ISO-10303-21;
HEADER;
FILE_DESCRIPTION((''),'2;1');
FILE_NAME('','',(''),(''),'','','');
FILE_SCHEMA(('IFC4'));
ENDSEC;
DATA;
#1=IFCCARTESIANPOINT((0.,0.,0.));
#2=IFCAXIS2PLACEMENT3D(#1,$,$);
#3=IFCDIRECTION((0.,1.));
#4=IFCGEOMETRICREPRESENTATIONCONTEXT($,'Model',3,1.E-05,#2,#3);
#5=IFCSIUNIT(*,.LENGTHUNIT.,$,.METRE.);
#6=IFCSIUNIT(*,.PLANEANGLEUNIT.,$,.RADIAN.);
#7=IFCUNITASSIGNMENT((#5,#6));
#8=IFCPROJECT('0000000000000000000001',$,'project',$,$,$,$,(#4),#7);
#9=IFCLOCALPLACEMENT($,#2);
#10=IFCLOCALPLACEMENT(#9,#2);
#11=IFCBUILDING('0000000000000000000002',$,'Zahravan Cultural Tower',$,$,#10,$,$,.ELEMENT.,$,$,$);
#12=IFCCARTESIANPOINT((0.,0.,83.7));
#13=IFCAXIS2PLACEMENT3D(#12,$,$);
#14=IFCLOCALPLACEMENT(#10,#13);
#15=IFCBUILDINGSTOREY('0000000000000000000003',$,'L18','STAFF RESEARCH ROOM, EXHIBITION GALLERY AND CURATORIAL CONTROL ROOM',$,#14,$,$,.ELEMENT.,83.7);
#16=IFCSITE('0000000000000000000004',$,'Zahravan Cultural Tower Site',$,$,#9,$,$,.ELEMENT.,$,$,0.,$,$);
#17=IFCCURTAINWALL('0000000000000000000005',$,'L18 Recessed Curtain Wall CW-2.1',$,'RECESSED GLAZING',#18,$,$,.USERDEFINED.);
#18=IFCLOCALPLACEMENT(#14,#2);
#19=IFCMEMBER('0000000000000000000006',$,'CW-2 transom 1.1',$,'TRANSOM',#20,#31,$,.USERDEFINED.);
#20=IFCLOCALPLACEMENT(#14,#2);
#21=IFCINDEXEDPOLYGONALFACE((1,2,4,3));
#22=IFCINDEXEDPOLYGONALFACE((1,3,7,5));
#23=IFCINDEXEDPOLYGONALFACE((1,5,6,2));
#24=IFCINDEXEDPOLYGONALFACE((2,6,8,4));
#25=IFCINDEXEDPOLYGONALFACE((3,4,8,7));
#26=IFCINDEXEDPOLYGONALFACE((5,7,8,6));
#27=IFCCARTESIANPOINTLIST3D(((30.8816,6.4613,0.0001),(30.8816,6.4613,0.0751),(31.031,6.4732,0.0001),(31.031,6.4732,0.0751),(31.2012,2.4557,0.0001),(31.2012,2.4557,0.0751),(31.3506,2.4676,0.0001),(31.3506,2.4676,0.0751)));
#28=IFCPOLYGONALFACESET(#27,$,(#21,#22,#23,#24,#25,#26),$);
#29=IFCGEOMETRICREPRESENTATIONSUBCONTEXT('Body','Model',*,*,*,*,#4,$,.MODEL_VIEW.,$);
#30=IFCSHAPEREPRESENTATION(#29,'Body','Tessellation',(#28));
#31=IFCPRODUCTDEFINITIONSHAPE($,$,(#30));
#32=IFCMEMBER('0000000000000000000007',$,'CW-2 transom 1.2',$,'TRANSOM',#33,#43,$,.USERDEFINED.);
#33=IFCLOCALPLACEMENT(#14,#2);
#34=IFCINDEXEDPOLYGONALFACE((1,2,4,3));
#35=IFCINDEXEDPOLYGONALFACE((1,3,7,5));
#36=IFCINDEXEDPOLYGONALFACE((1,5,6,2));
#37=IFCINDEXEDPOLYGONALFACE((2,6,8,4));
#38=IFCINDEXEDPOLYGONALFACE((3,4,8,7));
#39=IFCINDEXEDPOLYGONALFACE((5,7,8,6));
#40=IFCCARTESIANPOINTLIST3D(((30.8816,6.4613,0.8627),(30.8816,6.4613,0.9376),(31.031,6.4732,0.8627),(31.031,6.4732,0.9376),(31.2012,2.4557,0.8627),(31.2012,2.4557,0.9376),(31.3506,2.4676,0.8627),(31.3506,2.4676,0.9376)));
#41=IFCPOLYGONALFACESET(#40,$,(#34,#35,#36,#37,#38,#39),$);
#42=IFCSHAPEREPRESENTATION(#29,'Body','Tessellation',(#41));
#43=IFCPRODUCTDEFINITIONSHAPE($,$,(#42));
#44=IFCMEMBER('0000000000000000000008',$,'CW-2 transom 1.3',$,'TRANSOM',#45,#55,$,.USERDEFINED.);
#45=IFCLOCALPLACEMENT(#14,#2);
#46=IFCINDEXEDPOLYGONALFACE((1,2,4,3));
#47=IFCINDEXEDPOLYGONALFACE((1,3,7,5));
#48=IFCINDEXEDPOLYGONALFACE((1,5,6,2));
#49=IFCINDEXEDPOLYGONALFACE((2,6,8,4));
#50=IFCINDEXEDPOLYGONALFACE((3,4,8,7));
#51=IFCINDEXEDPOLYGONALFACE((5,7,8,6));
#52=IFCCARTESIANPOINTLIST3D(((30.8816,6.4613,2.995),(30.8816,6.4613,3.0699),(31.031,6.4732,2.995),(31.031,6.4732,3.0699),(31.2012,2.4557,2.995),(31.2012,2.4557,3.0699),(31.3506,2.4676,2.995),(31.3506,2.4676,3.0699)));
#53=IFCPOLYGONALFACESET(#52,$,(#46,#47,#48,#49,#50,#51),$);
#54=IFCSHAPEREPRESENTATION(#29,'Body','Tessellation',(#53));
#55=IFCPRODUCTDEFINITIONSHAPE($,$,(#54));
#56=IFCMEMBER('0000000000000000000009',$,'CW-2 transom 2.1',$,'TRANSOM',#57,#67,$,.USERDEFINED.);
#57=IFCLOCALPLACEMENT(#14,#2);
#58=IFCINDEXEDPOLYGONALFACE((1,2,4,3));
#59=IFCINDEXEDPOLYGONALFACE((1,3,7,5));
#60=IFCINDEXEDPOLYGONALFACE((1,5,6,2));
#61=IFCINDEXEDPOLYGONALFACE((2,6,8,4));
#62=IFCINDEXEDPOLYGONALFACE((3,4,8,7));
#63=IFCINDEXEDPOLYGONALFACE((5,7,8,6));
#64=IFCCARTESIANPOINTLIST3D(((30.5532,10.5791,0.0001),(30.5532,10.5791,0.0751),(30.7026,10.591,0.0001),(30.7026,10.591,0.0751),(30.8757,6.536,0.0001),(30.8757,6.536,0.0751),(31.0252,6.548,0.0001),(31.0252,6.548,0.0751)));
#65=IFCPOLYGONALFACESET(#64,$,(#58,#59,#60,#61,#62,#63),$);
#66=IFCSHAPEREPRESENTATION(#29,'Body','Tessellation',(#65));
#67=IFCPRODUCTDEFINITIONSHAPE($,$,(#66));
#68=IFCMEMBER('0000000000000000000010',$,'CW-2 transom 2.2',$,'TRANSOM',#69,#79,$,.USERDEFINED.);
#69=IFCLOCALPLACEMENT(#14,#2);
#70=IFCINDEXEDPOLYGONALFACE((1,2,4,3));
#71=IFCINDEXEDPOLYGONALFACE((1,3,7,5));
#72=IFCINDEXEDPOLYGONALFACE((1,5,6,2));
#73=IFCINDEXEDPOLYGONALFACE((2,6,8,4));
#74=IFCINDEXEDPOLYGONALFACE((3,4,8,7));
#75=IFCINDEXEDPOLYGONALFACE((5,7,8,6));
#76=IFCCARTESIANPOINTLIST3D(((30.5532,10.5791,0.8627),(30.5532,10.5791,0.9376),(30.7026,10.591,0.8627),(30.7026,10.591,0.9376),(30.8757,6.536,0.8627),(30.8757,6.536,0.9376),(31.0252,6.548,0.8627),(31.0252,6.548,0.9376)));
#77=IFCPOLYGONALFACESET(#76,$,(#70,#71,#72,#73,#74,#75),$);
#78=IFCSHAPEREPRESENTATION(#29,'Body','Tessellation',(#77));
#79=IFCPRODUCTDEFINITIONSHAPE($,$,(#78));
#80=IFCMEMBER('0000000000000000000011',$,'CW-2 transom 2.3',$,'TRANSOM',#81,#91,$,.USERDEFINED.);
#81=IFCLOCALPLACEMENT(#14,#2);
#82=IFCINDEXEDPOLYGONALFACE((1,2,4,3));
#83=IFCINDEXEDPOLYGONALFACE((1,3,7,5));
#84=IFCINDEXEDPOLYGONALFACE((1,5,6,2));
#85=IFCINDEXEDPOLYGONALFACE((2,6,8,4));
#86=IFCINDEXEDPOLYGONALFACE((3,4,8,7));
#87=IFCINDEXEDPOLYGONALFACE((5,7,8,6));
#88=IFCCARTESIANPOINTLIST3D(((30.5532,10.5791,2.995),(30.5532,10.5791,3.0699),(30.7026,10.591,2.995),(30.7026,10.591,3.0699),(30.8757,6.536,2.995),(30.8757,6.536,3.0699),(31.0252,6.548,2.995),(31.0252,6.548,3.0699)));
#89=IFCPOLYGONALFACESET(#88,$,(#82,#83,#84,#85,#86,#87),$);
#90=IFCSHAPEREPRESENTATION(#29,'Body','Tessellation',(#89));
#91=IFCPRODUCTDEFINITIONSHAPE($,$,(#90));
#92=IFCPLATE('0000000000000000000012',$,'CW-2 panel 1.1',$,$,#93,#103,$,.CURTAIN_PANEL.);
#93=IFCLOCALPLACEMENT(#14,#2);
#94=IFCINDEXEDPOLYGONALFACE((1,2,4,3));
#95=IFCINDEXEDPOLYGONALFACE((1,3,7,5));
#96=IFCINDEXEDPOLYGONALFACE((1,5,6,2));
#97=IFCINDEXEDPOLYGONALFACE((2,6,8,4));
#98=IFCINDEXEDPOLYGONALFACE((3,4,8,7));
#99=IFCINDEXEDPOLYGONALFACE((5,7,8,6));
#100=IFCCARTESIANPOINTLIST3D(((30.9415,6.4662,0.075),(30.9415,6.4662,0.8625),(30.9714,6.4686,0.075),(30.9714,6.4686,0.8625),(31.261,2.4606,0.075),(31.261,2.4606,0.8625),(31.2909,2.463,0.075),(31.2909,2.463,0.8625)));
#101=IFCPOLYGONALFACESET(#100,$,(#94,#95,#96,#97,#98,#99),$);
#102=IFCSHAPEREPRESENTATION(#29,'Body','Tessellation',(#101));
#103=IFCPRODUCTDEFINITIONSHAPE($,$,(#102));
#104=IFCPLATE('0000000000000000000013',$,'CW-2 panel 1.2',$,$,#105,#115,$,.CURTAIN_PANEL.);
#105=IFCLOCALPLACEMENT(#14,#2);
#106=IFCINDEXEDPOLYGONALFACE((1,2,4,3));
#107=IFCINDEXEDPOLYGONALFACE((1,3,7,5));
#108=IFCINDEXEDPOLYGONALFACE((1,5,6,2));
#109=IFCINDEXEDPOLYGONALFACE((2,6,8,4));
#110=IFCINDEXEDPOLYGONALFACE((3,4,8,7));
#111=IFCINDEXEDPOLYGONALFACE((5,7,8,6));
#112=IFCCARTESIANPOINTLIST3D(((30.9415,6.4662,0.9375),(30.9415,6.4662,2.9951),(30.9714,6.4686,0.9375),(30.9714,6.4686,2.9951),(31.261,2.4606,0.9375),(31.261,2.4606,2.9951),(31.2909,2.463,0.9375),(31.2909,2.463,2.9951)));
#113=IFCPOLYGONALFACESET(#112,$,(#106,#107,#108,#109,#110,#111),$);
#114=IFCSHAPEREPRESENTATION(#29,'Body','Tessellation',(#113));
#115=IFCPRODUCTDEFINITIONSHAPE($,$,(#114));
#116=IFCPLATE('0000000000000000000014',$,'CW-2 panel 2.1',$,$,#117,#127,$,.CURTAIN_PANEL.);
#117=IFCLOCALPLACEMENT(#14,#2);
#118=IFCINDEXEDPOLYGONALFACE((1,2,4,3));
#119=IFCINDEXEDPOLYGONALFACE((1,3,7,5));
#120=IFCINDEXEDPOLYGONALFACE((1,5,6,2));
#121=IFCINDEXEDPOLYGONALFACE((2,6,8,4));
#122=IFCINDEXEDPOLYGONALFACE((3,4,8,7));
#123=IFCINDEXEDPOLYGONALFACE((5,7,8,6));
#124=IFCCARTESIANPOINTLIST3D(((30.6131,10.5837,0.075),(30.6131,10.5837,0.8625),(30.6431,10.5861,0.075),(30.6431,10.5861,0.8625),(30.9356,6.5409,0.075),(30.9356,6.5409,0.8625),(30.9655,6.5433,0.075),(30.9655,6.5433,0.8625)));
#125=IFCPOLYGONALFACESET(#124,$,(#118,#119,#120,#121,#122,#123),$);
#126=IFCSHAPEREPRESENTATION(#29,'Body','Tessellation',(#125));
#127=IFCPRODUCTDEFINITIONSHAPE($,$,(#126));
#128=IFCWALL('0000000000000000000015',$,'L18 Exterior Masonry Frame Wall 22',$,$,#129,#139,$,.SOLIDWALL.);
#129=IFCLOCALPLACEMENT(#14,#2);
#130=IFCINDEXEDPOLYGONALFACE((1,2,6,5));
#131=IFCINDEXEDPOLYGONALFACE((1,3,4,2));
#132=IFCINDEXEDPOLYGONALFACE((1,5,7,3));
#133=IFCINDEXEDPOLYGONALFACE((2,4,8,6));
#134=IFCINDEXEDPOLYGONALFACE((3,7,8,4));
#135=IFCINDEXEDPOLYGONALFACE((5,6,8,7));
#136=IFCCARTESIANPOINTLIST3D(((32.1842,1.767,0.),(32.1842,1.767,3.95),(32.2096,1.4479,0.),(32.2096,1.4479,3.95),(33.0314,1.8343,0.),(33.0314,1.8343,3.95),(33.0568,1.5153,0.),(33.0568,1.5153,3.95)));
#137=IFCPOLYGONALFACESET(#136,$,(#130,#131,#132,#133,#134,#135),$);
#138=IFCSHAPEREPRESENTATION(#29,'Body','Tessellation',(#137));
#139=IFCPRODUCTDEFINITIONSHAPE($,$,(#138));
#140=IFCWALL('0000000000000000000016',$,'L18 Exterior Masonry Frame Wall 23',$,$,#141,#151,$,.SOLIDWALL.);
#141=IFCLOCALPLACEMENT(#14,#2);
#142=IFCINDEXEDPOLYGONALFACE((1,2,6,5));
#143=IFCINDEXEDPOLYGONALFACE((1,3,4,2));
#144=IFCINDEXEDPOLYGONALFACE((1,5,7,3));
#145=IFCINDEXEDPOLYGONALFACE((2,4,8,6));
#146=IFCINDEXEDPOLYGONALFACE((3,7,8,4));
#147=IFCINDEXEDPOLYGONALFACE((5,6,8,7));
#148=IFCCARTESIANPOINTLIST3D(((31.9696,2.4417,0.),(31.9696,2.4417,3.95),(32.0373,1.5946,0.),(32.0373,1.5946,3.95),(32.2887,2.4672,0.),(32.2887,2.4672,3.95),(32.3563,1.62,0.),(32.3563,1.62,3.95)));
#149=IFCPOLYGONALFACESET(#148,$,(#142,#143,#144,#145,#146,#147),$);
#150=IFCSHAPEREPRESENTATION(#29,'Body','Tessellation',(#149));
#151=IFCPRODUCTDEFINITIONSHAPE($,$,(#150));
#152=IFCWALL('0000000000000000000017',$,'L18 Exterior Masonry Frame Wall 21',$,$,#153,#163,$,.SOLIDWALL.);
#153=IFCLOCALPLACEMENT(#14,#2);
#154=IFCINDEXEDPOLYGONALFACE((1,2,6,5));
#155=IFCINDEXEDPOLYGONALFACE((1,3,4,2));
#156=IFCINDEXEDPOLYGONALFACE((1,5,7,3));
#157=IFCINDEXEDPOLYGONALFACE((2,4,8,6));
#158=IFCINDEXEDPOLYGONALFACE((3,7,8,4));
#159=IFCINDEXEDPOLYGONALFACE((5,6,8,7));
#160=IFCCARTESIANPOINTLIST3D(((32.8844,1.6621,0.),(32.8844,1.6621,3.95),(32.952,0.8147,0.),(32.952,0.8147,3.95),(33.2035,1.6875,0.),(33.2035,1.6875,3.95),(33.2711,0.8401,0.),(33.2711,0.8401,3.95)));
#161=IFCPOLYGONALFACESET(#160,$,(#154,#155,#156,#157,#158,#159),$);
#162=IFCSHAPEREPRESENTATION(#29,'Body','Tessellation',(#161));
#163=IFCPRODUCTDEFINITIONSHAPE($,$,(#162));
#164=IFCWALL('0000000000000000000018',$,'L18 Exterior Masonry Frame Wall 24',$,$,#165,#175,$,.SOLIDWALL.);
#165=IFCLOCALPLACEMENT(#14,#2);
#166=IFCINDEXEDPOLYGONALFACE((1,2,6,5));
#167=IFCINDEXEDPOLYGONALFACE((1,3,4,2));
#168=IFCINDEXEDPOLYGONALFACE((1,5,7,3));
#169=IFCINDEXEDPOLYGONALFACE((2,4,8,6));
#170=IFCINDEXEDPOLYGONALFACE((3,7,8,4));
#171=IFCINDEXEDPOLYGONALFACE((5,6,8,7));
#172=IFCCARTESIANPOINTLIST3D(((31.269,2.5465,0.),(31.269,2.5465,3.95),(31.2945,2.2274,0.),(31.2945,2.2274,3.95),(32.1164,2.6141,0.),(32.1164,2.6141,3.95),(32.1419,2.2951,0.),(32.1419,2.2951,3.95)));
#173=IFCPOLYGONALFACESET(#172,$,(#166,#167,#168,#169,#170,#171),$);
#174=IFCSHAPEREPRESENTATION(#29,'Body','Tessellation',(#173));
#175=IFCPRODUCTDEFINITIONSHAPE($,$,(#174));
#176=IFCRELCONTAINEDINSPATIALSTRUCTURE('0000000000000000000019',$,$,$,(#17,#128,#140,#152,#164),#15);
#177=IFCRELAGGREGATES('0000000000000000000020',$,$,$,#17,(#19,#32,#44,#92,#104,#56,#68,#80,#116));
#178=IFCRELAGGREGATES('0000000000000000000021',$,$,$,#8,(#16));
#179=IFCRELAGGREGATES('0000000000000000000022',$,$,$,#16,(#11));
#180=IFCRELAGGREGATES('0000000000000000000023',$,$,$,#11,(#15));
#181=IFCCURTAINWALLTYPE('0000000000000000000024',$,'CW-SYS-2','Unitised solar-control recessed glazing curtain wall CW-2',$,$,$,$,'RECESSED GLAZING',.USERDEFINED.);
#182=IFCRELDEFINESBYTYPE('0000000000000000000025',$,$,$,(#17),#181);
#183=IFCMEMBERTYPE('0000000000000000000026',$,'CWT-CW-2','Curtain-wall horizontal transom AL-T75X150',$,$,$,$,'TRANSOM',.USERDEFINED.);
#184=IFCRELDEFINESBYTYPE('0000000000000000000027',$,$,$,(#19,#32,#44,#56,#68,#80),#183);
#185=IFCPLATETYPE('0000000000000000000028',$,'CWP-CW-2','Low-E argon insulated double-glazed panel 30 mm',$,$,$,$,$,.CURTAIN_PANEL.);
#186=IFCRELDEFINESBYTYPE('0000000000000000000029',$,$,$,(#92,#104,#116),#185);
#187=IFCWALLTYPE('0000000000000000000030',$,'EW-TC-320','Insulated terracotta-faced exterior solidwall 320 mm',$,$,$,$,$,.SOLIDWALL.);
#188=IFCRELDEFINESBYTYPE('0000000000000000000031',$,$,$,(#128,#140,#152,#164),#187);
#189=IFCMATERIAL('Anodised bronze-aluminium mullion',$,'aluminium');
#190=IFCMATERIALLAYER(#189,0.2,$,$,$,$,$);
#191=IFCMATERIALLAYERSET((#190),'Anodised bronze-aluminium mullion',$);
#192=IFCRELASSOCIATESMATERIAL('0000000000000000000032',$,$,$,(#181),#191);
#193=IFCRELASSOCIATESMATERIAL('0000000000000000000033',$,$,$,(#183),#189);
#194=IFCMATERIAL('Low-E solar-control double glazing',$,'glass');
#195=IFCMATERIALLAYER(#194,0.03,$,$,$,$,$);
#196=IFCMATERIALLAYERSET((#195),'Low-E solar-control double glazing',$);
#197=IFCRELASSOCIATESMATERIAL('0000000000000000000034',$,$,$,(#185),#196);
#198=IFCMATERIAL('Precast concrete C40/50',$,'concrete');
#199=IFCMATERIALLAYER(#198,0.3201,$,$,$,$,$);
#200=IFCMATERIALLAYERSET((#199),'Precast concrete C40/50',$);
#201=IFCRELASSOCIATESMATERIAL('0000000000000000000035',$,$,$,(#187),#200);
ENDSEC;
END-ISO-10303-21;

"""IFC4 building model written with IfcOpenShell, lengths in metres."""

from ifc_helpers import new_model, si_unit, direction, frame, frame_2d, origin, origin_2d, place, context, subcontext, project, spatial, rectangle, extrude, source, transform, mapped, material, layer, layer_set, material_profile, profile_set, type_object, element, aggregate, save


model = new_model("IFC4")

# Units and contexts
model_context = context("Model", 3, precision=1e-05, world=origin(), true_north=direction((0.0, 1.0)))
body_context = subcontext(model_context, "Body", "Model", "MODEL_VIEW")
ifc_project = project(units=[si_unit("LENGTHUNIT", "METRE"), si_unit("PLANEANGLEUNIT", "RADIAN")], contexts=[model_context])

# Site, building, storey
site_placement = place(None, origin())
site = spatial("IfcSite", under=ifc_project, at=site_placement, Name="Zahravan Cultural Tower Site", CompositionType="ELEMENT", RefElevation=0.0)
building_placement = place(site_placement, origin())
building = spatial("IfcBuilding", under=site, at=building_placement, Name="Zahravan Cultural Tower", CompositionType="ELEMENT")
storey_placement = place(building_placement, frame((0.0, 0.0, 83.7)))
storey = spatial("IfcBuildingStorey", under=building, at=storey_placement, Name="L18", Description="STAFF RESEARCH ROOM, EXHIBITION GALLERY AND CURATORIAL CONTROL ROOM", CompositionType="ELEMENT", Elevation=83.7)

# Curtain wall, members, plates
ifc_material_1 = material(Name="Anodised bronze-aluminium mullion", Category="aluminium")
ifc_layer_1 = layer(ifc_material_1, 0.2)
ifc_layer_set_1 = layer_set([ifc_layer_1], Name="Anodised bronze-aluminium mullion")
curtain_wall_type = type_object("IfcCurtainWallType", Name="CW-SYS-2", Description="Unitised solar-control recessed glazing curtain wall CW-2", ElementType="RECESSED GLAZING", PredefinedType="USERDEFINED", material=ifc_layer_set_1)
curtain_wall_placement = place(storey_placement, origin())
curtain_wall = element("IfcCurtainWall", 1, at=curtain_wall_placement, inside=storey, type_object=curtain_wall_type, Name="L18 Recessed Curtain Wall CW-2.1", ObjectType="RECESSED GLAZING", PredefinedType="USERDEFINED")
ifc_material_profile_1 = material_profile(ifc_material_1, rectangle(XDim=0.1499, YDim=0.075, at=origin_2d()), Name="AL-T75X150")
ifc_profile_set_1 = profile_set([ifc_material_profile_1], Name="Anodised bronze-aluminium mullion")
member_type_1 = type_object("IfcMemberType", Name="CWT-CW-2", Description="Curtain-wall horizontal transom AL-T75X150", ElementType="TRANSOM", PredefinedType="USERDEFINED", material=ifc_profile_set_1)
shared_shape_1 = source(origin(), body_context, "Body", "SweptSolid", [
    extrude(rectangle(XDim=0.1499, YDim=0.075, at=origin_2d()), origin(), (0.0, 0.0, 1.0), 4.0183),
])
member_1_placement = place(storey_placement, frame((31.2759, 2.4617, 0.0376), z_axis=(-0.07953, 0.996832, 0.0), x_axis=(-0.996832, -0.07953, 0.0)))
member_1 = element("IfcMember", 2, at=member_1_placement, type_object=member_type_1, Name="CW-2 transom 1.1", ObjectType="TRANSOM", PredefinedType="USERDEFINED", context=body_context, shape_type="MappedRepresentation", body=[
    mapped(shared_shape_1, transform((0.0, 0.0, 0.0), x_axis=(1.0, 0.0, 0.0), y_axis=(0.0, 1.0, 0.0), z_axis=(0.0, 0.0, 1.0), scale=1.0)),
])
member_2_placement = place(storey_placement, frame((31.2759, 2.4617, 0.9001), z_axis=(-0.07953, 0.996832, 0.0), x_axis=(-0.996832, -0.07953, 0.0)))
member_2 = element("IfcMember", 3, at=member_2_placement, type_object=member_type_1, Name="CW-2 transom 1.2", ObjectType="TRANSOM", PredefinedType="USERDEFINED", context=body_context, shape_type="MappedRepresentation", body=[
    mapped(shared_shape_1, transform((0.0, 0.0, 0.0), x_axis=(1.0, 0.0, 0.0), y_axis=(0.0, 1.0, 0.0), z_axis=(0.0, 0.0, 1.0), scale=1.0)),
])
member_3_placement = place(storey_placement, frame((31.2759, 2.4617, 3.0325), z_axis=(-0.07953, 0.996832, 0.0), x_axis=(-0.996832, -0.07953, 0.0)))
member_3 = element("IfcMember", 4, at=member_3_placement, type_object=member_type_1, Name="CW-2 transom 1.3", ObjectType="TRANSOM", PredefinedType="USERDEFINED", context=body_context, shape_type="MappedRepresentation", body=[
    mapped(shared_shape_1, transform((0.0, 0.0, 0.0), x_axis=(1.0, 0.0, 0.0), y_axis=(0.0, 1.0, 0.0), z_axis=(0.0, 0.0, 1.0), scale=1.0)),
])
shared_shape_2 = source(origin(), body_context, "Body", "SweptSolid", [
    extrude(rectangle(XDim=0.1499, YDim=0.075, at=origin_2d()), origin(), (0.0, 0.0, 1.0), 4.0559),
])
member_4_placement = place(storey_placement, frame((30.9504, 6.542, 0.0376), z_axis=(-0.079518, 0.996833, 0.0), x_axis=(-0.996833, -0.079518, 0.0)))
member_4 = element("IfcMember", 5, at=member_4_placement, type_object=member_type_1, Name="CW-2 transom 2.1", ObjectType="TRANSOM", PredefinedType="USERDEFINED", context=body_context, shape_type="MappedRepresentation", body=[
    mapped(shared_shape_2, transform((0.0, 0.0, 0.0), x_axis=(1.0, 0.0, 0.0), y_axis=(0.0, 1.0, 0.0), z_axis=(0.0, 0.0, 1.0), scale=1.0)),
])
member_5_placement = place(storey_placement, frame((30.9504, 6.542, 0.9001), z_axis=(-0.079518, 0.996833, 0.0), x_axis=(-0.996833, -0.079518, 0.0)))
member_5 = element("IfcMember", 6, at=member_5_placement, type_object=member_type_1, Name="CW-2 transom 2.2", ObjectType="TRANSOM", PredefinedType="USERDEFINED", context=body_context, shape_type="MappedRepresentation", body=[
    mapped(shared_shape_2, transform((0.0, 0.0, 0.0), x_axis=(1.0, 0.0, 0.0), y_axis=(0.0, 1.0, 0.0), z_axis=(0.0, 0.0, 1.0), scale=1.0)),
])
member_6_placement = place(storey_placement, frame((30.9504, 6.542, 3.0325), z_axis=(-0.079518, 0.996833, 0.0), x_axis=(-0.996833, -0.079518, 0.0)))
member_6 = element("IfcMember", 7, at=member_6_placement, type_object=member_type_1, Name="CW-2 transom 2.3", ObjectType="TRANSOM", PredefinedType="USERDEFINED", context=body_context, shape_type="MappedRepresentation", body=[
    mapped(shared_shape_2, transform((0.0, 0.0, 0.0), x_axis=(1.0, 0.0, 0.0), y_axis=(0.0, 1.0, 0.0), z_axis=(0.0, 0.0, 1.0), scale=1.0)),
])
ifc_material_2 = material(Name="Low-E solar-control double glazing", Category="glass")
ifc_layer_2 = layer(ifc_material_2, 0.03)
ifc_layer_set_2 = layer_set([ifc_layer_2], Name="Low-E solar-control double glazing")
plate_type = type_object("IfcPlateType", Name="CWP-CW-2", Description="Low-E argon insulated double-glazed panel 30 mm", PredefinedType="CURTAIN_PANEL", material=ifc_layer_set_2)
shared_shape_3 = source(origin(), body_context, "Body", "SweptSolid", [
    extrude(rectangle(XDim=4.0183, YDim=0.03, at=origin_2d()), origin(), (0.0, 0.0, 1.0), 0.7876),
])
plate_1_placement = place(storey_placement, frame((31.1162, 4.4646, 0.075), z_axis=(0.0, 0.0, 1.0), x_axis=(-0.079501, 0.996835, 0.0)))
plate_1 = element("IfcPlate", 8, at=plate_1_placement, type_object=plate_type, Name="CW-2 panel 1.1", PredefinedType="CURTAIN_PANEL", context=body_context, shape_type="MappedRepresentation", body=[
    mapped(shared_shape_3, transform((0.0, 0.0, 0.0), x_axis=(1.0, 0.0, 0.0), y_axis=(0.0, 1.0, 0.0), z_axis=(0.0, 0.0, 1.0), scale=1.0)),
])
shared_shape_4 = source(origin(), body_context, "Body", "SweptSolid", [
    extrude(rectangle(XDim=4.0183, YDim=0.03, at=origin_2d()), origin(), (0.0, 0.0, 1.0), 2.0576),
])
plate_2_placement = place(storey_placement, frame((31.1162, 4.4646, 0.9375), z_axis=(0.0, 0.0, 1.0), x_axis=(-0.079501, 0.996835, 0.0)))
plate_2 = element("IfcPlate", 9, at=plate_2_placement, type_object=plate_type, Name="CW-2 panel 1.2", PredefinedType="CURTAIN_PANEL", context=body_context, shape_type="MappedRepresentation", body=[
    mapped(shared_shape_4, transform((0.0, 0.0, 0.0), x_axis=(1.0, 0.0, 0.0), y_axis=(0.0, 1.0, 0.0), z_axis=(0.0, 0.0, 1.0), scale=1.0)),
])
shared_shape_5 = source(origin(), body_context, "Body", "SweptSolid", [
    extrude(rectangle(XDim=4.0557, YDim=0.03, at=origin_2d()), origin(), (0.0, 0.0, 1.0), 0.7876),
])
plate_3_placement = place(storey_placement, frame((30.7893, 8.5635, 0.075), z_axis=(0.0, 0.0, 1.0), x_axis=(-0.079501, 0.996835, 0.0)))
plate_3 = element("IfcPlate", 10, at=plate_3_placement, type_object=plate_type, Name="CW-2 panel 2.1", PredefinedType="CURTAIN_PANEL", context=body_context, shape_type="MappedRepresentation", body=[
    mapped(shared_shape_5, transform((0.0, 0.0, 0.0), x_axis=(1.0, 0.0, 0.0), y_axis=(0.0, 1.0, 0.0), z_axis=(0.0, 0.0, 1.0), scale=1.0)),
])
aggregate(curtain_wall, [member_1, member_2, member_3, plate_1, plate_2, member_4, member_5, member_6, plate_3])

# Walls
ifc_material_3 = material(Name="Precast concrete C40/50", Category="concrete")
ifc_layer_3 = layer(ifc_material_3, 0.3201)
ifc_layer_set_3 = layer_set([ifc_layer_3], Name="Precast concrete C40/50")
wall_type_1 = type_object("IfcWallType", Name="EW-TC-320", Description="Insulated terracotta-faced exterior solidwall 320 mm", PredefinedType="SOLIDWALL", material=ifc_layer_set_3)
shared_shape_6 = source(origin(), body_context, "Body", "SweptSolid", [
    extrude(rectangle(XDim=0.8499, YDim=0.3201, at=frame_2d((0.4248, 0.0))), origin(), (0.0, 0.0, 1.0), 3.95),
])
for number, where, z_axis, x_axis, name in (
    (11, (33.0439, 1.6748, 0.0), (0.0, 0.0, 1.0), (-0.996852, -0.079288, 0.0), "L18 Exterior Masonry Frame Wall 22"),
    (12, (32.1968, 1.6074, 0.0), (0.0, 0.0, 1.0), (-0.079574, 0.996829, 0.0), "L18 Exterior Masonry Frame Wall 23"),
):
    element("IfcWall", number, at=place(storey_placement, frame(where, z_axis=z_axis, x_axis=x_axis)), inside=storey, type_object=wall_type_1, Name=name, PredefinedType="SOLIDWALL", context=body_context, shape_type="MappedRepresentation", body=[
        mapped(shared_shape_6, transform((0.0, 0.0, 0.0), x_axis=(1.0, 0.0, 0.0), y_axis=(0.0, 1.0, 0.0), z_axis=(0.0, 0.0, 1.0), scale=1.0)),
    ])
shared_shape_7 = source(origin(), body_context, "Body", "SweptSolid", [
    extrude(rectangle(XDim=0.8501, YDim=0.3201, at=frame_2d((0.425, 0.0))), origin(), (0.0, 0.0, 1.0), 3.95),
])
for number, where, z_axis, x_axis, name in (
    (13, (33.1116, 0.8274, 0.0), (0.0, 0.0, 1.0), (-0.079551, 0.996831, 0.0), "L18 Exterior Masonry Frame Wall 21"),
    (14, (32.1292, 2.4546, 0.0), (0.0, 0.0, 1.0), (-0.996831, -0.079551, 0.0), "L18 Exterior Masonry Frame Wall 24"),
):
    element("IfcWall", number, at=place(storey_placement, frame(where, z_axis=z_axis, x_axis=x_axis)), inside=storey, type_object=wall_type_1, Name=name, PredefinedType="SOLIDWALL", context=body_context, shape_type="MappedRepresentation", body=[
        mapped(shared_shape_7, transform((0.0, 0.0, 0.0), x_axis=(1.0, 0.0, 0.0), y_axis=(0.0, 1.0, 0.0), z_axis=(0.0, 0.0, 1.0), scale=1.0)),
    ])

save(model, "model.ifc")
